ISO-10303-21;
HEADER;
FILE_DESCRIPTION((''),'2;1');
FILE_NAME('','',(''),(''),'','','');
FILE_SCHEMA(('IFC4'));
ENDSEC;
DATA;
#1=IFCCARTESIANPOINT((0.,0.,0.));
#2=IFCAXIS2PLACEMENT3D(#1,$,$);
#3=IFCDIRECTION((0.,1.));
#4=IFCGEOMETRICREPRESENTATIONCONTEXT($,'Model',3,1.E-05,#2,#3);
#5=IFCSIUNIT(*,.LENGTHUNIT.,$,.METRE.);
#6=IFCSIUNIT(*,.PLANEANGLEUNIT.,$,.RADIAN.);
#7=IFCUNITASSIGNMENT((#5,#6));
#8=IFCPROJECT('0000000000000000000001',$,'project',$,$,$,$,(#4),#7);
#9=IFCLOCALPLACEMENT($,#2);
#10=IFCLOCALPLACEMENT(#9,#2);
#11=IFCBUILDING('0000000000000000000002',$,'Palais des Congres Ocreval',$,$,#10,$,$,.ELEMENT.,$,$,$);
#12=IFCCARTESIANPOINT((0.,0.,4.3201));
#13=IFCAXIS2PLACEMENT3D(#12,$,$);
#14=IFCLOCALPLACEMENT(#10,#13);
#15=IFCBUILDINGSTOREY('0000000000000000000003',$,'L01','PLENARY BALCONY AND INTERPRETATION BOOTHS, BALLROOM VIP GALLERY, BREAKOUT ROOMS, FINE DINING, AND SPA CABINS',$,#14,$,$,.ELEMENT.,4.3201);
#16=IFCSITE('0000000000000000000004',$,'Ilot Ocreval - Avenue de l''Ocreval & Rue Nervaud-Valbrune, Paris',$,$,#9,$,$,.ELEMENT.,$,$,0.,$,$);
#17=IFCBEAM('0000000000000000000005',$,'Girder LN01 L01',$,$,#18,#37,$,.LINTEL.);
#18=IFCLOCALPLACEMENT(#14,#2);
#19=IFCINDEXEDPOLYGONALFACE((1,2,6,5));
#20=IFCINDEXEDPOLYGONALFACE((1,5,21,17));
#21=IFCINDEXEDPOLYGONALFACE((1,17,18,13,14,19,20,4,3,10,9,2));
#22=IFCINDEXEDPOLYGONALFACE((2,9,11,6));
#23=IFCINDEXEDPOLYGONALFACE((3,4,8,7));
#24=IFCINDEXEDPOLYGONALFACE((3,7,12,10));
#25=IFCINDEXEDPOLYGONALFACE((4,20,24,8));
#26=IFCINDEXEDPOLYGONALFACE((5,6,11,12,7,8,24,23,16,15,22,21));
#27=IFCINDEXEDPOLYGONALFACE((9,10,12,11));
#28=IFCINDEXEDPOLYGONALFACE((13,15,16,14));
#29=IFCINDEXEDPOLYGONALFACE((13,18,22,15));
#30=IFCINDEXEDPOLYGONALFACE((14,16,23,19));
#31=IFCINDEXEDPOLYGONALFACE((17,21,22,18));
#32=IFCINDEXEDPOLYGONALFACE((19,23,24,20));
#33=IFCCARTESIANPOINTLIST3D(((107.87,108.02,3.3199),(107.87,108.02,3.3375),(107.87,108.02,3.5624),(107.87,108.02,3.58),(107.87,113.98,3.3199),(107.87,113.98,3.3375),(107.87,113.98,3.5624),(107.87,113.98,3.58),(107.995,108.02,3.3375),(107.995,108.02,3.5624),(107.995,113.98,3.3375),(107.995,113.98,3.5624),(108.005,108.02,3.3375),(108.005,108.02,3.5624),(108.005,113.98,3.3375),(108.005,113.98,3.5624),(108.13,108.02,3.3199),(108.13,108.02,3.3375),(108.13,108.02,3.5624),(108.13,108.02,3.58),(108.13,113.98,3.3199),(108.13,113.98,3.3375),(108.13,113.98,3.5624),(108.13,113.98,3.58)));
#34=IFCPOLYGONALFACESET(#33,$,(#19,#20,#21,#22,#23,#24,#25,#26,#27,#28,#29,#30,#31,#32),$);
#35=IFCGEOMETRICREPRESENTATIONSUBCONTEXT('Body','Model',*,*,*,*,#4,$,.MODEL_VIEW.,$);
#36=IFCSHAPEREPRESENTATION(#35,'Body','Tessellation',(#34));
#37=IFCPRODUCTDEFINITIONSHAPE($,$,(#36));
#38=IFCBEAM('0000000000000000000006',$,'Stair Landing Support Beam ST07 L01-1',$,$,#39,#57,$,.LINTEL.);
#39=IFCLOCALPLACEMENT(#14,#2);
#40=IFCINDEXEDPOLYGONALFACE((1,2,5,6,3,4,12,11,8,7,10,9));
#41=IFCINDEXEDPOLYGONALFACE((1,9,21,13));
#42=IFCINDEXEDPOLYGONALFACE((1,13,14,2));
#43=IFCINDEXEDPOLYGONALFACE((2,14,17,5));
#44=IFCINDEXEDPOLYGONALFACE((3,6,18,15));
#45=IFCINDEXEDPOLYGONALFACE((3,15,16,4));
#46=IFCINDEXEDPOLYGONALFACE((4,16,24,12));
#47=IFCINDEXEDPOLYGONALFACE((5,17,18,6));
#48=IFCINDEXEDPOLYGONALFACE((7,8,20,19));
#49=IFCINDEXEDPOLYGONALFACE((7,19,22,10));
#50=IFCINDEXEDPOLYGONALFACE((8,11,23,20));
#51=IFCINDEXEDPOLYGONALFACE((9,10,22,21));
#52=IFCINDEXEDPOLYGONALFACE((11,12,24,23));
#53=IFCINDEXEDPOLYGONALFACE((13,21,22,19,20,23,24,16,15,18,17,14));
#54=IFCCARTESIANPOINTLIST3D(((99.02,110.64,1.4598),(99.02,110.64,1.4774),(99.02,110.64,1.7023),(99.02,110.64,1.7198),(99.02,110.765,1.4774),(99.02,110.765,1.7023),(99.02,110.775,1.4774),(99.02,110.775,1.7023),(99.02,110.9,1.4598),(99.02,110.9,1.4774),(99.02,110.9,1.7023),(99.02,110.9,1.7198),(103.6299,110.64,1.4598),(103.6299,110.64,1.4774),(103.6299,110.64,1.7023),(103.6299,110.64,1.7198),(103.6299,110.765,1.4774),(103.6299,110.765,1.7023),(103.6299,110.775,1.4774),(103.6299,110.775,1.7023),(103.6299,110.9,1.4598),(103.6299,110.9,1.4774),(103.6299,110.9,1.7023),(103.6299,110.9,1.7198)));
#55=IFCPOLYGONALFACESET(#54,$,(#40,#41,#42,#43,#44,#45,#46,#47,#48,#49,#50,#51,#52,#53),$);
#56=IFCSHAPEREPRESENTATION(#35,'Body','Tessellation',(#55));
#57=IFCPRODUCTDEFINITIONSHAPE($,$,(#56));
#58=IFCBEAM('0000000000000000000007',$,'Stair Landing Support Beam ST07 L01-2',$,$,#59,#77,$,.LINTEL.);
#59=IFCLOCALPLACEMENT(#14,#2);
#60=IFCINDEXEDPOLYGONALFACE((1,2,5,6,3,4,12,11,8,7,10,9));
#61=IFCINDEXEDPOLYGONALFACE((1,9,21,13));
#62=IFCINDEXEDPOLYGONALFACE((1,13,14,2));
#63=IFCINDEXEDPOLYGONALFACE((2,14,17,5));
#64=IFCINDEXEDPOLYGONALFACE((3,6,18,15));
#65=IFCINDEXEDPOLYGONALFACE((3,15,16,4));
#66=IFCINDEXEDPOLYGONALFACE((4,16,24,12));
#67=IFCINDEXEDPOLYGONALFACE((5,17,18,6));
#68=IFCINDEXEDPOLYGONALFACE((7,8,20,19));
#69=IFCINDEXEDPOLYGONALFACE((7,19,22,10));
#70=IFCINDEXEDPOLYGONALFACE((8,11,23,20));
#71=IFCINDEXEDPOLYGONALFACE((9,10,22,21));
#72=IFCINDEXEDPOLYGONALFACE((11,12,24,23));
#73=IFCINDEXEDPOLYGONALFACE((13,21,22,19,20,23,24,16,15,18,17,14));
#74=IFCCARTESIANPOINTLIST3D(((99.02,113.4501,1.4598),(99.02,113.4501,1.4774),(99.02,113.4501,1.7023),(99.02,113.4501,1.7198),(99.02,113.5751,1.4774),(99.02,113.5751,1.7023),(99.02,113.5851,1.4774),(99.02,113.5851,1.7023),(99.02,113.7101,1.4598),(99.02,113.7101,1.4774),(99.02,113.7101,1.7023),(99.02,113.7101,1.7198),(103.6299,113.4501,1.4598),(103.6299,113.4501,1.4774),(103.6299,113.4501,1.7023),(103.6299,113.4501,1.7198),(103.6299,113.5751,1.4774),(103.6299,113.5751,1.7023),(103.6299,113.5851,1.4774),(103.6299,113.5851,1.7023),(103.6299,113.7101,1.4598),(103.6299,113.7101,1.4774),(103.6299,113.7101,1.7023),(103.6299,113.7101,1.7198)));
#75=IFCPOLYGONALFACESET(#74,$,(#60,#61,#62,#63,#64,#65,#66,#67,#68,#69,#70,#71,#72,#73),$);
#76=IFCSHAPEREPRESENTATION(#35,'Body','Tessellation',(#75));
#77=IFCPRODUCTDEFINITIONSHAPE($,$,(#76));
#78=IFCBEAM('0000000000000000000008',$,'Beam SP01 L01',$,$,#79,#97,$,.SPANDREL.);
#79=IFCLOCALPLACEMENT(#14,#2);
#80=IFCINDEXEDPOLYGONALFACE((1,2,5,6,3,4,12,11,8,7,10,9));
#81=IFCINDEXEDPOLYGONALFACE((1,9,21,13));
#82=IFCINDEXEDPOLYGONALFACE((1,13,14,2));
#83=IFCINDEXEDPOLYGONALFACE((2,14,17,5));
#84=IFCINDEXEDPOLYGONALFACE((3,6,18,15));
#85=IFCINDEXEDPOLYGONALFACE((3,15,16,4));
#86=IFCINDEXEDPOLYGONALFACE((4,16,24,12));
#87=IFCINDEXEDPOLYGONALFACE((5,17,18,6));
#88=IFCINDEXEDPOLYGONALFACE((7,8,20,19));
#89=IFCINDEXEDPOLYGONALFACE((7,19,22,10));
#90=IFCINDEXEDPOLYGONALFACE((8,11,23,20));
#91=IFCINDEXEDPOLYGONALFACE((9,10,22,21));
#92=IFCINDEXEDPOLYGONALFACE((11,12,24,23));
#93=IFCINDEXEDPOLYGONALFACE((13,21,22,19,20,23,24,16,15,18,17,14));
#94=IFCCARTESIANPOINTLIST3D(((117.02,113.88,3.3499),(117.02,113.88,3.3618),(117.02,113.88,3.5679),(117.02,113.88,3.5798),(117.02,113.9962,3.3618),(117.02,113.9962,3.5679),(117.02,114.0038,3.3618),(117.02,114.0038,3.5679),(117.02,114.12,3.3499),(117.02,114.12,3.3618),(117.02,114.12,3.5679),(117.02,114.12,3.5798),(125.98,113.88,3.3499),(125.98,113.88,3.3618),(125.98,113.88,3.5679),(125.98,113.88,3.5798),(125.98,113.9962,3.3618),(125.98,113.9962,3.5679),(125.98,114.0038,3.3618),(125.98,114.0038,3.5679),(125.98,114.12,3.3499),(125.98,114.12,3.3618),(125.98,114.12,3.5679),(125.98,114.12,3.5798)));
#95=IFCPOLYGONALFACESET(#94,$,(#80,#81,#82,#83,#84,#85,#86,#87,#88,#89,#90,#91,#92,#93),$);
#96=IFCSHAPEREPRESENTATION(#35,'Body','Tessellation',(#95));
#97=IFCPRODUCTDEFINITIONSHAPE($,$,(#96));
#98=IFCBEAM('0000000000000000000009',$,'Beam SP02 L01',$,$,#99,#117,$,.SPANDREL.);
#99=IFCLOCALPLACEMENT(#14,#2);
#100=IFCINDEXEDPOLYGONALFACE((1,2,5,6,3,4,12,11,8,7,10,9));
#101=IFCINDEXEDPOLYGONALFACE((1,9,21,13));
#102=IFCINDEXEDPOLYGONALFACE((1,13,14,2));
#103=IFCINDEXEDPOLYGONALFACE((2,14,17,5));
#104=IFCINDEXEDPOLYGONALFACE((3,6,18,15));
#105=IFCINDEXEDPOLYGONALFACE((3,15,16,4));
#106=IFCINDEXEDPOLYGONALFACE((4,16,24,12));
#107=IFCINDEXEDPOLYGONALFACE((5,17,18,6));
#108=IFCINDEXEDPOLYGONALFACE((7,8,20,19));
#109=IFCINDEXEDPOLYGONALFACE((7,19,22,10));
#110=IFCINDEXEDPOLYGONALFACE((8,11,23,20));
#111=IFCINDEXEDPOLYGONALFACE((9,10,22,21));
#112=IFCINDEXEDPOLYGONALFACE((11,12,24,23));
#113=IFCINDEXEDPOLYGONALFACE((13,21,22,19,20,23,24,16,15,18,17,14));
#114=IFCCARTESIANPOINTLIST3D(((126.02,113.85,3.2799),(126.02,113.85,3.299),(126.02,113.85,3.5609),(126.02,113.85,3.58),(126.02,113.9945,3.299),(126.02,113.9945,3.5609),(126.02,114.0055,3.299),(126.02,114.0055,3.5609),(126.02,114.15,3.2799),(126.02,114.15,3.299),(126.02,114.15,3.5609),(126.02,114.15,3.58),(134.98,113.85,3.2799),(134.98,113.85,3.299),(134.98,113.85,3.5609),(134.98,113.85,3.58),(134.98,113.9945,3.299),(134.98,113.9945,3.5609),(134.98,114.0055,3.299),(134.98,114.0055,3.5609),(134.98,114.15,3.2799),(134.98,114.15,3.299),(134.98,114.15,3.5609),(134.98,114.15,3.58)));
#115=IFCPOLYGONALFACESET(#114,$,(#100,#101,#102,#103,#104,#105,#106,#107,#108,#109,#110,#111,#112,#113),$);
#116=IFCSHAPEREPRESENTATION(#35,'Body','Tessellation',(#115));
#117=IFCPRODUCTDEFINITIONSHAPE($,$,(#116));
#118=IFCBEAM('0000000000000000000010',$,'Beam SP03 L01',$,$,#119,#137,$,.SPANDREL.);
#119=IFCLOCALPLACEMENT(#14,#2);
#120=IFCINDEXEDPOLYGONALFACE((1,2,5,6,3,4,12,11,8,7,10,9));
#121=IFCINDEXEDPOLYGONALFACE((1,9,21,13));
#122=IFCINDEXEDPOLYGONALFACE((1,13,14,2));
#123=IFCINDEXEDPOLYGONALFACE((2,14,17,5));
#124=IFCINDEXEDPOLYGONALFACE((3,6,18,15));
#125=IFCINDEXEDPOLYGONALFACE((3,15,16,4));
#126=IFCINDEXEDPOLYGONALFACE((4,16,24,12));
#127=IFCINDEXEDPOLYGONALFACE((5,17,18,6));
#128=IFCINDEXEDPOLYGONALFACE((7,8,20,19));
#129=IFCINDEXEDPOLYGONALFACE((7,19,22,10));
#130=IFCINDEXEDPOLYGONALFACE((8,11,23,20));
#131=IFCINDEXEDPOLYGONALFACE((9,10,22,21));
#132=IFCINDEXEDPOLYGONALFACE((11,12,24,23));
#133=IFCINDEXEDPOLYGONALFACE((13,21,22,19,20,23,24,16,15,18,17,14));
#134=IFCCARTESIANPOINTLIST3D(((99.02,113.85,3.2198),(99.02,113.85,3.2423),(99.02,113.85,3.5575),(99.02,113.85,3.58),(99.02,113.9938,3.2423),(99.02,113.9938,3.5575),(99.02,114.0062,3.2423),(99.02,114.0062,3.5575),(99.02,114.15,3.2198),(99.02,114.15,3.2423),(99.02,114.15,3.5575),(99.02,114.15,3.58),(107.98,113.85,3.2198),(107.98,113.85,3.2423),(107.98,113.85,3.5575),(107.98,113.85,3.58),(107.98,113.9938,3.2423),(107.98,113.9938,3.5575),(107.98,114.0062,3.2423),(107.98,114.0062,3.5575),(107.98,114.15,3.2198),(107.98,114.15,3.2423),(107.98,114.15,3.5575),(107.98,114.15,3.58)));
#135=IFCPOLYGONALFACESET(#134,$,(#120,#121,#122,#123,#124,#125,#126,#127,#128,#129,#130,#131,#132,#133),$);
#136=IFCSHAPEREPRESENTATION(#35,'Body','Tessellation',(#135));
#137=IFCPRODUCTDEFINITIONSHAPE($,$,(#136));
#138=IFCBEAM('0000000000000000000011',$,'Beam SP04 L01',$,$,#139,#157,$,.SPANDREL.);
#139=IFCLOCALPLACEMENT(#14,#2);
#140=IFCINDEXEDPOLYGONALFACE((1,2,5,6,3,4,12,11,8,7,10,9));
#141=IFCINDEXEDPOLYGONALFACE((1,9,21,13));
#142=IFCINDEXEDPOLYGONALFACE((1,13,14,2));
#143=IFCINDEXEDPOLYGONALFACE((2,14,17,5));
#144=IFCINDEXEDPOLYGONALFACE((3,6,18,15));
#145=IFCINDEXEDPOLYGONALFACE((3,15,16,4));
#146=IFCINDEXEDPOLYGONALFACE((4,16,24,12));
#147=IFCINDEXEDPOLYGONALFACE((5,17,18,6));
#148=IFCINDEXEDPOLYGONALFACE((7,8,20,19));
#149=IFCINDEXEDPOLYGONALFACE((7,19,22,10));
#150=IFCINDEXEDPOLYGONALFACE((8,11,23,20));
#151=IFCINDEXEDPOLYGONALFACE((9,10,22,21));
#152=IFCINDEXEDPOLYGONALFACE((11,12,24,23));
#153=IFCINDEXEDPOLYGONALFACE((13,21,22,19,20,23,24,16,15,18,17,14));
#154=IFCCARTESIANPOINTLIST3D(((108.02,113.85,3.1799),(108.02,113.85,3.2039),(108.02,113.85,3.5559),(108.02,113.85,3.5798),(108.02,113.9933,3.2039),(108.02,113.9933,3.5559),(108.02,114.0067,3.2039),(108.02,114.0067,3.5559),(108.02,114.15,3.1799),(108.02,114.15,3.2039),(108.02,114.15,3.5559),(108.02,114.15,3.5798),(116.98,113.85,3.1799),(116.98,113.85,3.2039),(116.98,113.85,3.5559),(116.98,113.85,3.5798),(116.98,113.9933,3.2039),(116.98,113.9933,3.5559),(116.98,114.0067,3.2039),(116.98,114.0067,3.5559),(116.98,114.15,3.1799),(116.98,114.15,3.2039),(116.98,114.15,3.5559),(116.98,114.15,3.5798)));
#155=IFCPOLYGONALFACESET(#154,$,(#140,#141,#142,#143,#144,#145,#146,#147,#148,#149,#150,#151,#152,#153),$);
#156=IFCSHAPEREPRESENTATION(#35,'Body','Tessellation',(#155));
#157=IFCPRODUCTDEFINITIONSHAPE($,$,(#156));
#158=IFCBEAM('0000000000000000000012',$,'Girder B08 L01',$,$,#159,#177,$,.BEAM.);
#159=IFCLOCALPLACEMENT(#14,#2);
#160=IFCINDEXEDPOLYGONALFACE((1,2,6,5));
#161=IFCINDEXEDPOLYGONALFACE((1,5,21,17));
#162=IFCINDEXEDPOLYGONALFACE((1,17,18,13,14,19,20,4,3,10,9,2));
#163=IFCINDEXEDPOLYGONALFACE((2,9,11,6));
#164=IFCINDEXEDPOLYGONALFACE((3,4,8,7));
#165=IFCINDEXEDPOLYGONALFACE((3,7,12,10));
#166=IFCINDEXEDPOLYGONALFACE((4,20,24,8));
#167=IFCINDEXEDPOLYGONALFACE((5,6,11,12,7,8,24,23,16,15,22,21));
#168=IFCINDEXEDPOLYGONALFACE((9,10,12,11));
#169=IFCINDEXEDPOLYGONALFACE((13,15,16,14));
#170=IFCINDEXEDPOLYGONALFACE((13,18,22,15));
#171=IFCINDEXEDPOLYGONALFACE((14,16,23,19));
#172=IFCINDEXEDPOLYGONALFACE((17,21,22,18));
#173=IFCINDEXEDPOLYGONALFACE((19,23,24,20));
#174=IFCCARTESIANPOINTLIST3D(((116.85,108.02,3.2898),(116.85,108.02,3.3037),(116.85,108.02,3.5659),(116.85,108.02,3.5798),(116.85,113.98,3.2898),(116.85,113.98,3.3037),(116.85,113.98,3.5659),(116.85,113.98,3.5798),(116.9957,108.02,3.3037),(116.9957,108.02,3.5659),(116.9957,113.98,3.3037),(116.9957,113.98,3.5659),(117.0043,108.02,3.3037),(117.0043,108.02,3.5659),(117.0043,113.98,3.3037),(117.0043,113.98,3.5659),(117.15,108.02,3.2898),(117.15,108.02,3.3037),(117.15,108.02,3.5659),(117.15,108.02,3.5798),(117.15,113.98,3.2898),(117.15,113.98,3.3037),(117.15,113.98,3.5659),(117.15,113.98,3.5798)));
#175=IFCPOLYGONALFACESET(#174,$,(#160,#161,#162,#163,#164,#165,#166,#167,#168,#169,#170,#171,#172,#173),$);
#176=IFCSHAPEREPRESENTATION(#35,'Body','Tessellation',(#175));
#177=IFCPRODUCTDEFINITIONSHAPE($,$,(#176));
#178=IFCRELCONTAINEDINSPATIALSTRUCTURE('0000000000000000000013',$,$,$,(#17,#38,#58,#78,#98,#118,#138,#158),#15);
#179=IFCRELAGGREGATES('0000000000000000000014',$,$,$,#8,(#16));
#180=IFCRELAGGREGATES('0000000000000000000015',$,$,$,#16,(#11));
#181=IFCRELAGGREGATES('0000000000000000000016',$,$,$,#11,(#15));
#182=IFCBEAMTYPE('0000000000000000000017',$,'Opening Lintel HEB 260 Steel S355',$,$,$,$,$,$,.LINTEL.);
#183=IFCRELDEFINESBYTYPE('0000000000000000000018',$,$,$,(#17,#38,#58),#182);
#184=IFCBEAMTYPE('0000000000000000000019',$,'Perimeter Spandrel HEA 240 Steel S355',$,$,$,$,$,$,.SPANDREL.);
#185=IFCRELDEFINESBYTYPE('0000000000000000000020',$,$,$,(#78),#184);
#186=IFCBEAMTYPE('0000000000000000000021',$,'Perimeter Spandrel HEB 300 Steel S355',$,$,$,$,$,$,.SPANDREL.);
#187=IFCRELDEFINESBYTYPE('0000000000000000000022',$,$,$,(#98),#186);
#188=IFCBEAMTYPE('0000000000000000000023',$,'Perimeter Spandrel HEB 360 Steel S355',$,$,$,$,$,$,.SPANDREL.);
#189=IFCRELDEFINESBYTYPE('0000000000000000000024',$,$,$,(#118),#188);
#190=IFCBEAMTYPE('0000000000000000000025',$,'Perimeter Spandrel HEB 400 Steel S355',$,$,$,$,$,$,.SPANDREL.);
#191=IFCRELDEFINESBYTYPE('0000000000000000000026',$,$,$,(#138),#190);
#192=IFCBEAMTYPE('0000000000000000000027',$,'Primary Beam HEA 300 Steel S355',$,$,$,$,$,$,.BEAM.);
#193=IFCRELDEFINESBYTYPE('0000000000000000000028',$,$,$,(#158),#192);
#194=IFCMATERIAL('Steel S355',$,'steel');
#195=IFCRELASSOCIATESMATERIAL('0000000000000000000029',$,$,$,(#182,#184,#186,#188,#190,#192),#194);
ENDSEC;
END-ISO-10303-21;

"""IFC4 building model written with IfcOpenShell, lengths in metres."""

from ifc_helpers import new_model, si_unit, direction, frame, origin, origin_2d, place, context, subcontext, project, spatial, i_section, extrude, material, material_profile, profile_set, type_object, element, save


model = new_model("IFC4")

# Units and contexts
model_context = context("Model", 3, precision=1e-05, world=origin(), true_north=direction((0.0, 1.0)))
body_context = subcontext(model_context, "Body", "Model", "MODEL_VIEW")
ifc_project = project(units=[si_unit("LENGTHUNIT", "METRE"), si_unit("PLANEANGLEUNIT", "RADIAN")], contexts=[model_context])

# Site, building, storey
site_placement = place(None, origin())
site = spatial("IfcSite", under=ifc_project, at=site_placement, Name="Ilot Ocreval - Avenue de l'Ocreval & Rue Nervaud-Valbrune, Paris", CompositionType="ELEMENT", RefElevation=0.0)
building_placement = place(site_placement, origin())
building = spatial("IfcBuilding", under=site, at=building_placement, Name="Palais des Congres Ocreval", CompositionType="ELEMENT")
storey_placement = place(building_placement, frame((0.0, 0.0, 4.3201)))
storey = spatial("IfcBuildingStorey", under=building, at=storey_placement, Name="L01", Description="PLENARY BALCONY AND INTERPRETATION BOOTHS, BALLROOM VIP GALLERY, BREAKOUT ROOMS, FINE DINING, AND SPA CABINS", CompositionType="ELEMENT", Elevation=4.3201)

# Shared definitions
ifc_material_1 = material(Name="Steel S355", Category="steel")

# Beams
ifc_material_profile_1 = material_profile(ifc_material_1, i_section(OverallWidth=0.26, OverallDepth=0.26, WebThickness=0.01, FlangeThickness=0.0176, at=origin_2d()), Name="HEB 260")
ifc_profile_set_1 = profile_set([ifc_material_profile_1], Name="Steel S355")
beam_type_1 = type_object("IfcBeamType", Name="Opening Lintel HEB 260 Steel S355", PredefinedType="LINTEL", material=ifc_profile_set_1)
beam_1_placement = place(storey_placement, frame((108.0, 108.02, 3.45), z_axis=(0.0, 1.0, 0.0), x_axis=(-1.0, 0.0, 0.0)))
element("IfcBeam", 1, at=beam_1_placement, inside=storey, type_object=beam_type_1, Name="Girder LN01 L01", PredefinedType="LINTEL", context=body_context, shape_type="SweptSolid", body=[
    extrude(i_section(OverallWidth=0.26, OverallDepth=0.26, WebThickness=0.01, FlangeThickness=0.0176, at=origin_2d()), origin(), (0.0, 0.0, 1.0), 5.96),
])
for number, where, z_axis, x_axis, name in (
    (2, (99.02, 110.77, 1.5898), (1.0, 0.0, 0.0), (0.0, 1.0, 0.0), "Stair Landing Support Beam ST07 L01-1"),
    (3, (99.02, 113.5801, 1.5898), (1.0, 0.0, 0.0), (0.0, 1.0, 0.0), "Stair Landing Support Beam ST07 L01-2"),
):
    element("IfcBeam", number, at=place(storey_placement, frame(where, z_axis=z_axis, x_axis=x_axis)), inside=storey, type_object=beam_type_1, Name=name, PredefinedType="LINTEL", context=body_context, shape_type="SweptSolid", body=[
        extrude(i_section(OverallWidth=0.26, OverallDepth=0.26, WebThickness=0.01, FlangeThickness=0.0176, at=origin_2d()), origin(), (0.0, 0.0, 1.0), 4.6099),
    ])
ifc_material_profile_2 = material_profile(ifc_material_1, i_section(OverallWidth=0.24, OverallDepth=0.23, WebThickness=0.0076, FlangeThickness=0.012, at=origin_2d()), Name="HEA 240")
ifc_profile_set_2 = profile_set([ifc_material_profile_2], Name="Steel S355")
beam_type_2 = type_object("IfcBeamType", Name="Perimeter Spandrel HEA 240 Steel S355", PredefinedType="SPANDREL", material=ifc_profile_set_2)
beam_2_placement = place(storey_placement, frame((117.02, 114.0, 3.4648), z_axis=(1.0, 0.0, 0.0), x_axis=(0.0, 1.0, 0.0)))
element("IfcBeam", 4, at=beam_2_placement, inside=storey, type_object=beam_type_2, Name="Beam SP01 L01", PredefinedType="SPANDREL", context=body_context, shape_type="SweptSolid", body=[
    extrude(i_section(OverallWidth=0.24, OverallDepth=0.23, WebThickness=0.0076, FlangeThickness=0.012, at=origin_2d()), origin(), (0.0, 0.0, 1.0), 8.96),
])
ifc_material_profile_3 = material_profile(ifc_material_1, i_section(OverallWidth=0.3, OverallDepth=0.3, WebThickness=0.011, FlangeThickness=0.019, at=origin_2d()), Name="HEB 300")
ifc_profile_set_3 = profile_set([ifc_material_profile_3], Name="Steel S355")
beam_type_3 = type_object("IfcBeamType", Name="Perimeter Spandrel HEB 300 Steel S355", PredefinedType="SPANDREL", material=ifc_profile_set_3)
beam_3_placement = place(storey_placement, frame((126.02, 114.0, 3.4299), z_axis=(1.0, 0.0, 0.0), x_axis=(0.0, 1.0, 0.0)))
element("IfcBeam", 5, at=beam_3_placement, inside=storey, type_object=beam_type_3, Name="Beam SP02 L01", PredefinedType="SPANDREL", context=body_context, shape_type="SweptSolid", body=[
    extrude(i_section(OverallWidth=0.3, OverallDepth=0.3, WebThickness=0.011, FlangeThickness=0.019, at=origin_2d()), origin(), (0.0, 0.0, 1.0), 8.96),
])
ifc_material_profile_4 = material_profile(ifc_material_1, i_section(OverallWidth=0.3, OverallDepth=0.3601, WebThickness=0.0125, FlangeThickness=0.0225, at=origin_2d()), Name="HEB 360")
ifc_profile_set_4 = profile_set([ifc_material_profile_4], Name="Steel S355")
beam_type_4 = type_object("IfcBeamType", Name="Perimeter Spandrel HEB 360 Steel S355", PredefinedType="SPANDREL", material=ifc_profile_set_4)
beam_4_placement = place(storey_placement, frame((99.02, 114.0, 3.3999), z_axis=(1.0, 0.0, 0.0), x_axis=(0.0, 1.0, 0.0)))
element("IfcBeam", 6, at=beam_4_placement, inside=storey, type_object=beam_type_4, Name="Beam SP03 L01", PredefinedType="SPANDREL", context=body_context, shape_type="SweptSolid", body=[
    extrude(i_section(OverallWidth=0.3, OverallDepth=0.3601, WebThickness=0.0125, FlangeThickness=0.0225, at=origin_2d()), origin(), (0.0, 0.0, 1.0), 8.96),
])
ifc_material_profile_5 = material_profile(ifc_material_1, i_section(OverallWidth=0.3, OverallDepth=0.3999, WebThickness=0.0134, FlangeThickness=0.0239, at=origin_2d()), Name="HEB 400")
ifc_profile_set_5 = profile_set([ifc_material_profile_5], Name="Steel S355")
beam_type_5 = type_object("IfcBeamType", Name="Perimeter Spandrel HEB 400 Steel S355", PredefinedType="SPANDREL", material=ifc_profile_set_5)
beam_5_placement = place(storey_placement, frame((108.02, 114.0, 3.3799), z_axis=(1.0, 0.0, 0.0), x_axis=(0.0, 1.0, 0.0)))
element("IfcBeam", 7, at=beam_5_placement, inside=storey, type_object=beam_type_5, Name="Beam SP04 L01", PredefinedType="SPANDREL", context=body_context, shape_type="SweptSolid", body=[
    extrude(i_section(OverallWidth=0.3, OverallDepth=0.3999, WebThickness=0.0134, FlangeThickness=0.0239, at=origin_2d()), origin(), (0.0, 0.0, 1.0), 8.96),
])
ifc_material_profile_6 = material_profile(ifc_material_1, i_section(OverallWidth=0.3, OverallDepth=0.29, WebThickness=0.0085, FlangeThickness=0.0139, at=origin_2d()), Name="HEA 300")
ifc_profile_set_6 = profile_set([ifc_material_profile_6], Name="Steel S355")
beam_type_6 = type_object("IfcBeamType", Name="Primary Beam HEA 300 Steel S355", PredefinedType="BEAM", material=ifc_profile_set_6)
beam_6_placement = place(storey_placement, frame((117.0, 108.02, 3.4348), z_axis=(0.0, 1.0, 0.0), x_axis=(-1.0, 0.0, 0.0)))
element("IfcBeam", 8, at=beam_6_placement, inside=storey, type_object=beam_type_6, Name="Girder B08 L01", PredefinedType="BEAM", context=body_context, shape_type="SweptSolid", body=[
    extrude(i_section(OverallWidth=0.3, OverallDepth=0.29, WebThickness=0.0085, FlangeThickness=0.0139, at=origin_2d()), origin(), (0.0, 0.0, 1.0), 5.96),
])

save(model, "model.ifc")
